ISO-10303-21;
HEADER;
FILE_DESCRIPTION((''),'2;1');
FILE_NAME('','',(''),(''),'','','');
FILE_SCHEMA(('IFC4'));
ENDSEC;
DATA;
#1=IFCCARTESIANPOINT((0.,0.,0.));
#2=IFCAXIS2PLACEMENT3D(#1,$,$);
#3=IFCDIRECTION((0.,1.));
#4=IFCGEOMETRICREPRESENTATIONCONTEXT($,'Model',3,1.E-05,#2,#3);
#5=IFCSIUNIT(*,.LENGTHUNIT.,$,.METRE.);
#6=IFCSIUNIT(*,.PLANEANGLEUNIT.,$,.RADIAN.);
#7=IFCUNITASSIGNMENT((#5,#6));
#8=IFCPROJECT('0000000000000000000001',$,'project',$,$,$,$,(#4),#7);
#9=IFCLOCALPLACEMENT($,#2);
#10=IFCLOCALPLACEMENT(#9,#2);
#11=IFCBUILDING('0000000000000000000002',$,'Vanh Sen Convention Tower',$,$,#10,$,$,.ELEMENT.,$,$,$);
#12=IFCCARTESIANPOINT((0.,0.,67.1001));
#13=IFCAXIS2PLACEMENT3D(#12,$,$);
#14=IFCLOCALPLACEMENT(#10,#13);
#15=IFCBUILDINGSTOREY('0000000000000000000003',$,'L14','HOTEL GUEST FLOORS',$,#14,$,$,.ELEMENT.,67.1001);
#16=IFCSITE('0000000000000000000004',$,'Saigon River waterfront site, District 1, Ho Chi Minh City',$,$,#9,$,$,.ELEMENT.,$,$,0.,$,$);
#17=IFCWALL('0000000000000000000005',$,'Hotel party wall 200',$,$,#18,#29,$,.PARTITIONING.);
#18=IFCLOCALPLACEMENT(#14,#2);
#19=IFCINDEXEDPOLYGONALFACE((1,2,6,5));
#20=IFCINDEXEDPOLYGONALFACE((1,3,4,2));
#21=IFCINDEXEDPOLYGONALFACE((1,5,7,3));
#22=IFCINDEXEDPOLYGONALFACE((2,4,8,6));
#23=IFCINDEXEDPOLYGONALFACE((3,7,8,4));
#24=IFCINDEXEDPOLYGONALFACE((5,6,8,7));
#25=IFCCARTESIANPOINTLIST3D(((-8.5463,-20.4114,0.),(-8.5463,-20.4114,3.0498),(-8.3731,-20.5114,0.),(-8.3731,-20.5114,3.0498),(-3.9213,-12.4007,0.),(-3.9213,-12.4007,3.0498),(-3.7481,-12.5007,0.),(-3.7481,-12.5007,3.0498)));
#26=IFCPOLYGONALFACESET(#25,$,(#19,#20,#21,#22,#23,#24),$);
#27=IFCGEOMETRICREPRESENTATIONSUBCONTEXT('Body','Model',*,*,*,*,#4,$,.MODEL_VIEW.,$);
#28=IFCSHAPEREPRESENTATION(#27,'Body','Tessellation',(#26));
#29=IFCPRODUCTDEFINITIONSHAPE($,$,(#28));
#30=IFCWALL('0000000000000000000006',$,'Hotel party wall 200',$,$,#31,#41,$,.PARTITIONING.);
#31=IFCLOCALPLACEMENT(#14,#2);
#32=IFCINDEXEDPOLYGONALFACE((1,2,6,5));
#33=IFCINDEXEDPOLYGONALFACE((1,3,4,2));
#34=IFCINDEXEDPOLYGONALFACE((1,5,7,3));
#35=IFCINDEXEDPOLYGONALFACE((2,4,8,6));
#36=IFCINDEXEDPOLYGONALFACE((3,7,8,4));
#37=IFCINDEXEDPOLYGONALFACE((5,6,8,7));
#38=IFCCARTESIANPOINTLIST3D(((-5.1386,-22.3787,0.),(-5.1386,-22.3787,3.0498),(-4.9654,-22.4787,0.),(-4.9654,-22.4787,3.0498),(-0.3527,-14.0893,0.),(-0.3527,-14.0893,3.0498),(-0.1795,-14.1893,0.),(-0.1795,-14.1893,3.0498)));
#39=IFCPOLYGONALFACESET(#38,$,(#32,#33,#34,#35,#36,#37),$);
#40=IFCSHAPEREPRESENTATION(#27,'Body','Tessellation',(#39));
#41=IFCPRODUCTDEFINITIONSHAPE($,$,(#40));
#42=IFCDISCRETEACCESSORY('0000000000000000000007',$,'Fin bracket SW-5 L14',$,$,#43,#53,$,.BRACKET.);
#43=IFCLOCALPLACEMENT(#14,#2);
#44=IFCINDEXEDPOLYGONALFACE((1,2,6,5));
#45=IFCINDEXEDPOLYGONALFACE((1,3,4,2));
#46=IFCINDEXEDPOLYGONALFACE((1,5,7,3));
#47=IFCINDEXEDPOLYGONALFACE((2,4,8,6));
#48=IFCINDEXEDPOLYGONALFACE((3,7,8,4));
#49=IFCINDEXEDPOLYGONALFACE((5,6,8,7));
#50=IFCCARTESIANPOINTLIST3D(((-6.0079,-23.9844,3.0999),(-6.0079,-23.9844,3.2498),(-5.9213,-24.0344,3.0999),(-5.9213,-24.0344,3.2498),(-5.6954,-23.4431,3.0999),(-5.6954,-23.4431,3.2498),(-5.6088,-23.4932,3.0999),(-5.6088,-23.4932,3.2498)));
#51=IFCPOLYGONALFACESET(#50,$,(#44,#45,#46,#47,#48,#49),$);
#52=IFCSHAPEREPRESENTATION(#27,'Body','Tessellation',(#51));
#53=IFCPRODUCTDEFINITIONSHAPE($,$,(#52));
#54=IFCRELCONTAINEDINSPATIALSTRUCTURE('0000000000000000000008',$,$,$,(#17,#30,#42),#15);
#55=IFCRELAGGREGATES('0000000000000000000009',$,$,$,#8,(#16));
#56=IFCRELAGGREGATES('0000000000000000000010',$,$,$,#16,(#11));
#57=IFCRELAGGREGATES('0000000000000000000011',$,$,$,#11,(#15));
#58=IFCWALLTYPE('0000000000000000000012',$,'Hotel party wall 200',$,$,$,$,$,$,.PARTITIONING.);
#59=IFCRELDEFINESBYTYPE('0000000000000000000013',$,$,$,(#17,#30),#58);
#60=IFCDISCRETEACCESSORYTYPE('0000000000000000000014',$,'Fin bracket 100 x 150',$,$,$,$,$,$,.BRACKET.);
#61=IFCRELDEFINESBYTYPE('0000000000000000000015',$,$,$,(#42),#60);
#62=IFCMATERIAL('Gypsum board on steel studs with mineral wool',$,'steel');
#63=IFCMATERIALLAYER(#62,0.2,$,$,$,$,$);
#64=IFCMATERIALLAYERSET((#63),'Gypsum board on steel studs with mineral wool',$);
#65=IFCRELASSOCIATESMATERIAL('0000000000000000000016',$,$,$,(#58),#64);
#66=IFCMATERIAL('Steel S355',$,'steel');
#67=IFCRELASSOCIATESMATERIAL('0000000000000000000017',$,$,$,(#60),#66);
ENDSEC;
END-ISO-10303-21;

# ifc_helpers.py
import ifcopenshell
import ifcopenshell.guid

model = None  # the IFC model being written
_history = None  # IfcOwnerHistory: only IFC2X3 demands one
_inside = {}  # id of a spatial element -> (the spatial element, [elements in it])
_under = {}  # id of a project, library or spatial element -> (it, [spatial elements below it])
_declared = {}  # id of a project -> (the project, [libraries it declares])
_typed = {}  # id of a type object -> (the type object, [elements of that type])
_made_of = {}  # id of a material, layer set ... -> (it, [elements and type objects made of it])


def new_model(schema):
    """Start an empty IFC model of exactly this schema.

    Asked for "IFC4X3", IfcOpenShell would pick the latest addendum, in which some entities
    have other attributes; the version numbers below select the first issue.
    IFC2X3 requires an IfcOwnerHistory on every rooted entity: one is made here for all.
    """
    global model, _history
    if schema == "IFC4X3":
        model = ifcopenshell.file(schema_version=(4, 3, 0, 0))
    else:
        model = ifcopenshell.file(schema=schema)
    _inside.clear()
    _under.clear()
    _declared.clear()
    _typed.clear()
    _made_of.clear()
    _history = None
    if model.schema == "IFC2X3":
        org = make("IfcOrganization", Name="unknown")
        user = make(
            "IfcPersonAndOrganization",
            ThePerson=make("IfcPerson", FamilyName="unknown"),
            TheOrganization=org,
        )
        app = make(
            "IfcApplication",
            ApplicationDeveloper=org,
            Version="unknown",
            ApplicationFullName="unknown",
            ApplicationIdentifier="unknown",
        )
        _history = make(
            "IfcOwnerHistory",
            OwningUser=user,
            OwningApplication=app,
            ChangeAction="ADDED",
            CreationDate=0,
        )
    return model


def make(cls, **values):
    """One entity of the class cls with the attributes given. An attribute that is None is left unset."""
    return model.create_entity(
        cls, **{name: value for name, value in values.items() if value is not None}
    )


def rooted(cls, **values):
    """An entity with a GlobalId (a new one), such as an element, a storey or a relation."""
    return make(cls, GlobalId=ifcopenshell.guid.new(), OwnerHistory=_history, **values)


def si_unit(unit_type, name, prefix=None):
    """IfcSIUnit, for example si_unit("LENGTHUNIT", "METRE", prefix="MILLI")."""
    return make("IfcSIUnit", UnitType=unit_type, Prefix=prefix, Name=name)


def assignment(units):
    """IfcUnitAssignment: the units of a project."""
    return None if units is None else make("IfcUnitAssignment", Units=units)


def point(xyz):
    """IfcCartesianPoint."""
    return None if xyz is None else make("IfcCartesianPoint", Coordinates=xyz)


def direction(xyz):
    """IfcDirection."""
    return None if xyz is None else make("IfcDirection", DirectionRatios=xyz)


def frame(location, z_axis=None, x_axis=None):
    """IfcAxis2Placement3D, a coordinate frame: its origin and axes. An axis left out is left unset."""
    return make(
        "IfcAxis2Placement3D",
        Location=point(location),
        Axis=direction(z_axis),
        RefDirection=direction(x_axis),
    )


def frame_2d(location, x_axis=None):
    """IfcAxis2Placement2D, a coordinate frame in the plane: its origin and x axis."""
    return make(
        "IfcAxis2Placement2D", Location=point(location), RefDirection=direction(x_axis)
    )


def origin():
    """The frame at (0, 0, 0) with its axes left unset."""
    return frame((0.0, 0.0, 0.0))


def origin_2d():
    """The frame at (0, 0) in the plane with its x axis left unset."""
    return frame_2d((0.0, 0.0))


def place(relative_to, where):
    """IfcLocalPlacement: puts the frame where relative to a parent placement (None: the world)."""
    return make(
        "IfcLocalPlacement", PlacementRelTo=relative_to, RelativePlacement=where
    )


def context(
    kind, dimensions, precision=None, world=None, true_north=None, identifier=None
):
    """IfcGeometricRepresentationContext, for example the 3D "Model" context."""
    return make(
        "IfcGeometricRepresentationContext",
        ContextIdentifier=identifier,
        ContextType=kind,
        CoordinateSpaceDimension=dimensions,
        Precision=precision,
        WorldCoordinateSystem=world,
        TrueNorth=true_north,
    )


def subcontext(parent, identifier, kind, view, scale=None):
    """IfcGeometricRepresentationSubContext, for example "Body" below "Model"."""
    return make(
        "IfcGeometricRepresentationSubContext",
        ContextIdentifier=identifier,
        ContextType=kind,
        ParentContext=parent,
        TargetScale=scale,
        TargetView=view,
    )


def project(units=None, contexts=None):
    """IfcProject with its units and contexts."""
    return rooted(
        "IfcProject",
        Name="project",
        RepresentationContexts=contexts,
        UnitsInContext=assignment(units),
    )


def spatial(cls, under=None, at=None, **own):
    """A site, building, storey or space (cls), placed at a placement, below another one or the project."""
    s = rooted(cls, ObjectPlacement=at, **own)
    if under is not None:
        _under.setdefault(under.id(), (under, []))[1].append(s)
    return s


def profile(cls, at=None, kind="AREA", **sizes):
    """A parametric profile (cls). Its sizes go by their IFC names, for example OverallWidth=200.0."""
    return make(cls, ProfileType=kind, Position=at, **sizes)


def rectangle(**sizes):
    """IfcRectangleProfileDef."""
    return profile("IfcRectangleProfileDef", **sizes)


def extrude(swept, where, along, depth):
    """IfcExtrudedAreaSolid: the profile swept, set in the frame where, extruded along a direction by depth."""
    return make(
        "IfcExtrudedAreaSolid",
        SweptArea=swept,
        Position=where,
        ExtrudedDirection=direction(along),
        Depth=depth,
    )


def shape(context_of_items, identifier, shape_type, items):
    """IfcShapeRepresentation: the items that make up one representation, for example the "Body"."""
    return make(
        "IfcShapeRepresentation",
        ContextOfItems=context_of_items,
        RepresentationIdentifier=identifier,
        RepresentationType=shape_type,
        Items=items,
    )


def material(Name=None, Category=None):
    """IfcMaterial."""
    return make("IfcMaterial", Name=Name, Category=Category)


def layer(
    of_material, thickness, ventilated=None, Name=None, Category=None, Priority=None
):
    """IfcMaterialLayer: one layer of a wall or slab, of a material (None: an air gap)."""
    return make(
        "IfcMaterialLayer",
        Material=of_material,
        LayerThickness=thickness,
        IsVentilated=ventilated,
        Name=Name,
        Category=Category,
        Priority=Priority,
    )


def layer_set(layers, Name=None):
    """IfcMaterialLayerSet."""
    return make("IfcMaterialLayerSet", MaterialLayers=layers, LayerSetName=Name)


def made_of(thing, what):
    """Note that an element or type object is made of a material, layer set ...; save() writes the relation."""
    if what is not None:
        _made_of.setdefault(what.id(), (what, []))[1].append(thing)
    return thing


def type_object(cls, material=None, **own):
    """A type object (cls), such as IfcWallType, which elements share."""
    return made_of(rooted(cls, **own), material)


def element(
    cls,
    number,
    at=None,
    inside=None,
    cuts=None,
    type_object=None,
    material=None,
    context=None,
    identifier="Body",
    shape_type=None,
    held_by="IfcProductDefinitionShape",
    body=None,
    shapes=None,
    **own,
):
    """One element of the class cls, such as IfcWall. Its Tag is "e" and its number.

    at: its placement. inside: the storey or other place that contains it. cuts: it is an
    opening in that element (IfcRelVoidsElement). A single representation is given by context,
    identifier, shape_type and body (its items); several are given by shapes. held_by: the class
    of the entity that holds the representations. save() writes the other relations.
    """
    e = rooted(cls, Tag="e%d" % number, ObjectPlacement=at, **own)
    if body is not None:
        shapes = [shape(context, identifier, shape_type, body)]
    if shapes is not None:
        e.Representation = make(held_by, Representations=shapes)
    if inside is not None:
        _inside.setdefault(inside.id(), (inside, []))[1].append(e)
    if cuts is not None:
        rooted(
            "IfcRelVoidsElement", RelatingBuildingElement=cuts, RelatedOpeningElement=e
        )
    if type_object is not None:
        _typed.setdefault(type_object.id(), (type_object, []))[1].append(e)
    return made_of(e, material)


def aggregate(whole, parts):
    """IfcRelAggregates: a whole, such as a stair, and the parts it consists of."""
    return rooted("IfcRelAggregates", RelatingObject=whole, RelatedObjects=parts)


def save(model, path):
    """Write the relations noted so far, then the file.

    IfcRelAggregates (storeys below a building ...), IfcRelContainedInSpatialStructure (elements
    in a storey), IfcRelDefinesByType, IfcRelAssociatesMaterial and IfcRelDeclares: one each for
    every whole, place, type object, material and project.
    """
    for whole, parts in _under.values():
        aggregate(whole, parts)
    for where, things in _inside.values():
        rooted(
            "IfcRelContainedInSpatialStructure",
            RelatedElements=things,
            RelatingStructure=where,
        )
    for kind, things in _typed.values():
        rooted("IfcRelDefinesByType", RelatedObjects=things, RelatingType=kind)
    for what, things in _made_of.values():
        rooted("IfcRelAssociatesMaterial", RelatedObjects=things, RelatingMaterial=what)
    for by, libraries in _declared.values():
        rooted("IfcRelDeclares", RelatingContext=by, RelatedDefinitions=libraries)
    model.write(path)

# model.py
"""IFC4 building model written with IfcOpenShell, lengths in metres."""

from ifc_helpers import new_model, si_unit, direction, frame, frame_2d, origin, origin_2d, place, context, subcontext, project, spatial, rectangle, extrude, material, layer, layer_set, type_object, element, save


model = new_model("IFC4")

# Units and contexts
model_context = context("Model", 3, precision=1e-05, world=origin(), true_north=direction((0.0, 1.0)))
body_context = subcontext(model_context, "Body", "Model", "MODEL_VIEW")
ifc_project = project(units=[si_unit("LENGTHUNIT", "METRE"), si_unit("PLANEANGLEUNIT", "RADIAN")], contexts=[model_context])

# Site, building, storey
site_placement = place(None, origin())
site = spatial("IfcSite", under=ifc_project, at=site_placement, Name="Saigon River waterfront site, District 1, Ho Chi Minh City", CompositionType="ELEMENT", RefElevation=0.0)
building_placement = place(site_placement, origin())
building = spatial("IfcBuilding", under=site, at=building_placement, Name="Vanh Sen Convention Tower", CompositionType="ELEMENT")
storey_placement = place(building_placement, frame((0.0, 0.0, 67.1001)))
storey = spatial("IfcBuildingStorey", under=building, at=storey_placement, Name="L14", Description="HOTEL GUEST FLOORS", CompositionType="ELEMENT", Elevation=67.1001)

# Shared definitions
ifc_material_1 = material(Name="Gypsum board on steel studs with mineral wool", Category="steel")

# Walls
ifc_layer_1 = layer(ifc_material_1, 0.2)
ifc_layer_set_1 = layer_set([ifc_layer_1], Name="Gypsum board on steel studs with mineral wool")
wall_type_1 = type_object("IfcWallType", Name="Hotel party wall 200", PredefinedType="PARTITIONING", material=ifc_layer_set_1)
wall_1_placement = place(storey_placement, frame((-8.4597, -20.4614, 0.0), z_axis=(0.0, 0.0, 1.0), x_axis=(0.5, 0.866026, 0.0)))
element("IfcWall", 1, at=wall_1_placement, inside=storey, type_object=wall_type_1, Name="Hotel party wall 200", PredefinedType="PARTITIONING", context=body_context, shape_type="SweptSolid", body=[
    extrude(rectangle(XDim=9.25, YDim=0.2, at=frame_2d((4.625, 0.0))), origin(), (0.0, 0.0, 1.0), 3.0498),
])
wall_2_placement = place(storey_placement, frame((-5.052, -22.4287, 0.0), z_axis=(0.0, 0.0, 1.0), x_axis=(0.500004, 0.866023, 0.0)))
element("IfcWall", 2, at=wall_2_placement, inside=storey, type_object=wall_type_1, Name="Hotel party wall 200", PredefinedType="PARTITIONING", context=body_context, shape_type="SweptSolid", body=[
    extrude(rectangle(XDim=9.5718, YDim=0.2, at=frame_2d((4.7859, 0.0))), origin(), (0.0, 0.0, 1.0), 3.0498),
])

# Discrete accessory
ifc_material_2 = material(Name="Steel S355", Category="steel")
discrete_accessory_type = type_object("IfcDiscreteAccessoryType", Name="Fin bracket 100 x 150", PredefinedType="BRACKET", material=ifc_material_2)
discrete_accessory_placement = place(storey_placement, frame((-5.8083, -23.7388, 3.0999), z_axis=(0.0, 0.0, 1.0), x_axis=(-0.5, -0.866025, 0.0)))
element("IfcDiscreteAccessory", 3, at=discrete_accessory_placement, inside=storey, type_object=discrete_accessory_type, Name="Fin bracket SW-5 L14", PredefinedType="BRACKET", context=body_context, shape_type="SweptSolid", body=[
    extrude(rectangle(XDim=0.625, YDim=0.1001, at=origin_2d()), origin(), (0.0, 0.0, 1.0), 0.1499),
])

save(model, "model.ifc")
